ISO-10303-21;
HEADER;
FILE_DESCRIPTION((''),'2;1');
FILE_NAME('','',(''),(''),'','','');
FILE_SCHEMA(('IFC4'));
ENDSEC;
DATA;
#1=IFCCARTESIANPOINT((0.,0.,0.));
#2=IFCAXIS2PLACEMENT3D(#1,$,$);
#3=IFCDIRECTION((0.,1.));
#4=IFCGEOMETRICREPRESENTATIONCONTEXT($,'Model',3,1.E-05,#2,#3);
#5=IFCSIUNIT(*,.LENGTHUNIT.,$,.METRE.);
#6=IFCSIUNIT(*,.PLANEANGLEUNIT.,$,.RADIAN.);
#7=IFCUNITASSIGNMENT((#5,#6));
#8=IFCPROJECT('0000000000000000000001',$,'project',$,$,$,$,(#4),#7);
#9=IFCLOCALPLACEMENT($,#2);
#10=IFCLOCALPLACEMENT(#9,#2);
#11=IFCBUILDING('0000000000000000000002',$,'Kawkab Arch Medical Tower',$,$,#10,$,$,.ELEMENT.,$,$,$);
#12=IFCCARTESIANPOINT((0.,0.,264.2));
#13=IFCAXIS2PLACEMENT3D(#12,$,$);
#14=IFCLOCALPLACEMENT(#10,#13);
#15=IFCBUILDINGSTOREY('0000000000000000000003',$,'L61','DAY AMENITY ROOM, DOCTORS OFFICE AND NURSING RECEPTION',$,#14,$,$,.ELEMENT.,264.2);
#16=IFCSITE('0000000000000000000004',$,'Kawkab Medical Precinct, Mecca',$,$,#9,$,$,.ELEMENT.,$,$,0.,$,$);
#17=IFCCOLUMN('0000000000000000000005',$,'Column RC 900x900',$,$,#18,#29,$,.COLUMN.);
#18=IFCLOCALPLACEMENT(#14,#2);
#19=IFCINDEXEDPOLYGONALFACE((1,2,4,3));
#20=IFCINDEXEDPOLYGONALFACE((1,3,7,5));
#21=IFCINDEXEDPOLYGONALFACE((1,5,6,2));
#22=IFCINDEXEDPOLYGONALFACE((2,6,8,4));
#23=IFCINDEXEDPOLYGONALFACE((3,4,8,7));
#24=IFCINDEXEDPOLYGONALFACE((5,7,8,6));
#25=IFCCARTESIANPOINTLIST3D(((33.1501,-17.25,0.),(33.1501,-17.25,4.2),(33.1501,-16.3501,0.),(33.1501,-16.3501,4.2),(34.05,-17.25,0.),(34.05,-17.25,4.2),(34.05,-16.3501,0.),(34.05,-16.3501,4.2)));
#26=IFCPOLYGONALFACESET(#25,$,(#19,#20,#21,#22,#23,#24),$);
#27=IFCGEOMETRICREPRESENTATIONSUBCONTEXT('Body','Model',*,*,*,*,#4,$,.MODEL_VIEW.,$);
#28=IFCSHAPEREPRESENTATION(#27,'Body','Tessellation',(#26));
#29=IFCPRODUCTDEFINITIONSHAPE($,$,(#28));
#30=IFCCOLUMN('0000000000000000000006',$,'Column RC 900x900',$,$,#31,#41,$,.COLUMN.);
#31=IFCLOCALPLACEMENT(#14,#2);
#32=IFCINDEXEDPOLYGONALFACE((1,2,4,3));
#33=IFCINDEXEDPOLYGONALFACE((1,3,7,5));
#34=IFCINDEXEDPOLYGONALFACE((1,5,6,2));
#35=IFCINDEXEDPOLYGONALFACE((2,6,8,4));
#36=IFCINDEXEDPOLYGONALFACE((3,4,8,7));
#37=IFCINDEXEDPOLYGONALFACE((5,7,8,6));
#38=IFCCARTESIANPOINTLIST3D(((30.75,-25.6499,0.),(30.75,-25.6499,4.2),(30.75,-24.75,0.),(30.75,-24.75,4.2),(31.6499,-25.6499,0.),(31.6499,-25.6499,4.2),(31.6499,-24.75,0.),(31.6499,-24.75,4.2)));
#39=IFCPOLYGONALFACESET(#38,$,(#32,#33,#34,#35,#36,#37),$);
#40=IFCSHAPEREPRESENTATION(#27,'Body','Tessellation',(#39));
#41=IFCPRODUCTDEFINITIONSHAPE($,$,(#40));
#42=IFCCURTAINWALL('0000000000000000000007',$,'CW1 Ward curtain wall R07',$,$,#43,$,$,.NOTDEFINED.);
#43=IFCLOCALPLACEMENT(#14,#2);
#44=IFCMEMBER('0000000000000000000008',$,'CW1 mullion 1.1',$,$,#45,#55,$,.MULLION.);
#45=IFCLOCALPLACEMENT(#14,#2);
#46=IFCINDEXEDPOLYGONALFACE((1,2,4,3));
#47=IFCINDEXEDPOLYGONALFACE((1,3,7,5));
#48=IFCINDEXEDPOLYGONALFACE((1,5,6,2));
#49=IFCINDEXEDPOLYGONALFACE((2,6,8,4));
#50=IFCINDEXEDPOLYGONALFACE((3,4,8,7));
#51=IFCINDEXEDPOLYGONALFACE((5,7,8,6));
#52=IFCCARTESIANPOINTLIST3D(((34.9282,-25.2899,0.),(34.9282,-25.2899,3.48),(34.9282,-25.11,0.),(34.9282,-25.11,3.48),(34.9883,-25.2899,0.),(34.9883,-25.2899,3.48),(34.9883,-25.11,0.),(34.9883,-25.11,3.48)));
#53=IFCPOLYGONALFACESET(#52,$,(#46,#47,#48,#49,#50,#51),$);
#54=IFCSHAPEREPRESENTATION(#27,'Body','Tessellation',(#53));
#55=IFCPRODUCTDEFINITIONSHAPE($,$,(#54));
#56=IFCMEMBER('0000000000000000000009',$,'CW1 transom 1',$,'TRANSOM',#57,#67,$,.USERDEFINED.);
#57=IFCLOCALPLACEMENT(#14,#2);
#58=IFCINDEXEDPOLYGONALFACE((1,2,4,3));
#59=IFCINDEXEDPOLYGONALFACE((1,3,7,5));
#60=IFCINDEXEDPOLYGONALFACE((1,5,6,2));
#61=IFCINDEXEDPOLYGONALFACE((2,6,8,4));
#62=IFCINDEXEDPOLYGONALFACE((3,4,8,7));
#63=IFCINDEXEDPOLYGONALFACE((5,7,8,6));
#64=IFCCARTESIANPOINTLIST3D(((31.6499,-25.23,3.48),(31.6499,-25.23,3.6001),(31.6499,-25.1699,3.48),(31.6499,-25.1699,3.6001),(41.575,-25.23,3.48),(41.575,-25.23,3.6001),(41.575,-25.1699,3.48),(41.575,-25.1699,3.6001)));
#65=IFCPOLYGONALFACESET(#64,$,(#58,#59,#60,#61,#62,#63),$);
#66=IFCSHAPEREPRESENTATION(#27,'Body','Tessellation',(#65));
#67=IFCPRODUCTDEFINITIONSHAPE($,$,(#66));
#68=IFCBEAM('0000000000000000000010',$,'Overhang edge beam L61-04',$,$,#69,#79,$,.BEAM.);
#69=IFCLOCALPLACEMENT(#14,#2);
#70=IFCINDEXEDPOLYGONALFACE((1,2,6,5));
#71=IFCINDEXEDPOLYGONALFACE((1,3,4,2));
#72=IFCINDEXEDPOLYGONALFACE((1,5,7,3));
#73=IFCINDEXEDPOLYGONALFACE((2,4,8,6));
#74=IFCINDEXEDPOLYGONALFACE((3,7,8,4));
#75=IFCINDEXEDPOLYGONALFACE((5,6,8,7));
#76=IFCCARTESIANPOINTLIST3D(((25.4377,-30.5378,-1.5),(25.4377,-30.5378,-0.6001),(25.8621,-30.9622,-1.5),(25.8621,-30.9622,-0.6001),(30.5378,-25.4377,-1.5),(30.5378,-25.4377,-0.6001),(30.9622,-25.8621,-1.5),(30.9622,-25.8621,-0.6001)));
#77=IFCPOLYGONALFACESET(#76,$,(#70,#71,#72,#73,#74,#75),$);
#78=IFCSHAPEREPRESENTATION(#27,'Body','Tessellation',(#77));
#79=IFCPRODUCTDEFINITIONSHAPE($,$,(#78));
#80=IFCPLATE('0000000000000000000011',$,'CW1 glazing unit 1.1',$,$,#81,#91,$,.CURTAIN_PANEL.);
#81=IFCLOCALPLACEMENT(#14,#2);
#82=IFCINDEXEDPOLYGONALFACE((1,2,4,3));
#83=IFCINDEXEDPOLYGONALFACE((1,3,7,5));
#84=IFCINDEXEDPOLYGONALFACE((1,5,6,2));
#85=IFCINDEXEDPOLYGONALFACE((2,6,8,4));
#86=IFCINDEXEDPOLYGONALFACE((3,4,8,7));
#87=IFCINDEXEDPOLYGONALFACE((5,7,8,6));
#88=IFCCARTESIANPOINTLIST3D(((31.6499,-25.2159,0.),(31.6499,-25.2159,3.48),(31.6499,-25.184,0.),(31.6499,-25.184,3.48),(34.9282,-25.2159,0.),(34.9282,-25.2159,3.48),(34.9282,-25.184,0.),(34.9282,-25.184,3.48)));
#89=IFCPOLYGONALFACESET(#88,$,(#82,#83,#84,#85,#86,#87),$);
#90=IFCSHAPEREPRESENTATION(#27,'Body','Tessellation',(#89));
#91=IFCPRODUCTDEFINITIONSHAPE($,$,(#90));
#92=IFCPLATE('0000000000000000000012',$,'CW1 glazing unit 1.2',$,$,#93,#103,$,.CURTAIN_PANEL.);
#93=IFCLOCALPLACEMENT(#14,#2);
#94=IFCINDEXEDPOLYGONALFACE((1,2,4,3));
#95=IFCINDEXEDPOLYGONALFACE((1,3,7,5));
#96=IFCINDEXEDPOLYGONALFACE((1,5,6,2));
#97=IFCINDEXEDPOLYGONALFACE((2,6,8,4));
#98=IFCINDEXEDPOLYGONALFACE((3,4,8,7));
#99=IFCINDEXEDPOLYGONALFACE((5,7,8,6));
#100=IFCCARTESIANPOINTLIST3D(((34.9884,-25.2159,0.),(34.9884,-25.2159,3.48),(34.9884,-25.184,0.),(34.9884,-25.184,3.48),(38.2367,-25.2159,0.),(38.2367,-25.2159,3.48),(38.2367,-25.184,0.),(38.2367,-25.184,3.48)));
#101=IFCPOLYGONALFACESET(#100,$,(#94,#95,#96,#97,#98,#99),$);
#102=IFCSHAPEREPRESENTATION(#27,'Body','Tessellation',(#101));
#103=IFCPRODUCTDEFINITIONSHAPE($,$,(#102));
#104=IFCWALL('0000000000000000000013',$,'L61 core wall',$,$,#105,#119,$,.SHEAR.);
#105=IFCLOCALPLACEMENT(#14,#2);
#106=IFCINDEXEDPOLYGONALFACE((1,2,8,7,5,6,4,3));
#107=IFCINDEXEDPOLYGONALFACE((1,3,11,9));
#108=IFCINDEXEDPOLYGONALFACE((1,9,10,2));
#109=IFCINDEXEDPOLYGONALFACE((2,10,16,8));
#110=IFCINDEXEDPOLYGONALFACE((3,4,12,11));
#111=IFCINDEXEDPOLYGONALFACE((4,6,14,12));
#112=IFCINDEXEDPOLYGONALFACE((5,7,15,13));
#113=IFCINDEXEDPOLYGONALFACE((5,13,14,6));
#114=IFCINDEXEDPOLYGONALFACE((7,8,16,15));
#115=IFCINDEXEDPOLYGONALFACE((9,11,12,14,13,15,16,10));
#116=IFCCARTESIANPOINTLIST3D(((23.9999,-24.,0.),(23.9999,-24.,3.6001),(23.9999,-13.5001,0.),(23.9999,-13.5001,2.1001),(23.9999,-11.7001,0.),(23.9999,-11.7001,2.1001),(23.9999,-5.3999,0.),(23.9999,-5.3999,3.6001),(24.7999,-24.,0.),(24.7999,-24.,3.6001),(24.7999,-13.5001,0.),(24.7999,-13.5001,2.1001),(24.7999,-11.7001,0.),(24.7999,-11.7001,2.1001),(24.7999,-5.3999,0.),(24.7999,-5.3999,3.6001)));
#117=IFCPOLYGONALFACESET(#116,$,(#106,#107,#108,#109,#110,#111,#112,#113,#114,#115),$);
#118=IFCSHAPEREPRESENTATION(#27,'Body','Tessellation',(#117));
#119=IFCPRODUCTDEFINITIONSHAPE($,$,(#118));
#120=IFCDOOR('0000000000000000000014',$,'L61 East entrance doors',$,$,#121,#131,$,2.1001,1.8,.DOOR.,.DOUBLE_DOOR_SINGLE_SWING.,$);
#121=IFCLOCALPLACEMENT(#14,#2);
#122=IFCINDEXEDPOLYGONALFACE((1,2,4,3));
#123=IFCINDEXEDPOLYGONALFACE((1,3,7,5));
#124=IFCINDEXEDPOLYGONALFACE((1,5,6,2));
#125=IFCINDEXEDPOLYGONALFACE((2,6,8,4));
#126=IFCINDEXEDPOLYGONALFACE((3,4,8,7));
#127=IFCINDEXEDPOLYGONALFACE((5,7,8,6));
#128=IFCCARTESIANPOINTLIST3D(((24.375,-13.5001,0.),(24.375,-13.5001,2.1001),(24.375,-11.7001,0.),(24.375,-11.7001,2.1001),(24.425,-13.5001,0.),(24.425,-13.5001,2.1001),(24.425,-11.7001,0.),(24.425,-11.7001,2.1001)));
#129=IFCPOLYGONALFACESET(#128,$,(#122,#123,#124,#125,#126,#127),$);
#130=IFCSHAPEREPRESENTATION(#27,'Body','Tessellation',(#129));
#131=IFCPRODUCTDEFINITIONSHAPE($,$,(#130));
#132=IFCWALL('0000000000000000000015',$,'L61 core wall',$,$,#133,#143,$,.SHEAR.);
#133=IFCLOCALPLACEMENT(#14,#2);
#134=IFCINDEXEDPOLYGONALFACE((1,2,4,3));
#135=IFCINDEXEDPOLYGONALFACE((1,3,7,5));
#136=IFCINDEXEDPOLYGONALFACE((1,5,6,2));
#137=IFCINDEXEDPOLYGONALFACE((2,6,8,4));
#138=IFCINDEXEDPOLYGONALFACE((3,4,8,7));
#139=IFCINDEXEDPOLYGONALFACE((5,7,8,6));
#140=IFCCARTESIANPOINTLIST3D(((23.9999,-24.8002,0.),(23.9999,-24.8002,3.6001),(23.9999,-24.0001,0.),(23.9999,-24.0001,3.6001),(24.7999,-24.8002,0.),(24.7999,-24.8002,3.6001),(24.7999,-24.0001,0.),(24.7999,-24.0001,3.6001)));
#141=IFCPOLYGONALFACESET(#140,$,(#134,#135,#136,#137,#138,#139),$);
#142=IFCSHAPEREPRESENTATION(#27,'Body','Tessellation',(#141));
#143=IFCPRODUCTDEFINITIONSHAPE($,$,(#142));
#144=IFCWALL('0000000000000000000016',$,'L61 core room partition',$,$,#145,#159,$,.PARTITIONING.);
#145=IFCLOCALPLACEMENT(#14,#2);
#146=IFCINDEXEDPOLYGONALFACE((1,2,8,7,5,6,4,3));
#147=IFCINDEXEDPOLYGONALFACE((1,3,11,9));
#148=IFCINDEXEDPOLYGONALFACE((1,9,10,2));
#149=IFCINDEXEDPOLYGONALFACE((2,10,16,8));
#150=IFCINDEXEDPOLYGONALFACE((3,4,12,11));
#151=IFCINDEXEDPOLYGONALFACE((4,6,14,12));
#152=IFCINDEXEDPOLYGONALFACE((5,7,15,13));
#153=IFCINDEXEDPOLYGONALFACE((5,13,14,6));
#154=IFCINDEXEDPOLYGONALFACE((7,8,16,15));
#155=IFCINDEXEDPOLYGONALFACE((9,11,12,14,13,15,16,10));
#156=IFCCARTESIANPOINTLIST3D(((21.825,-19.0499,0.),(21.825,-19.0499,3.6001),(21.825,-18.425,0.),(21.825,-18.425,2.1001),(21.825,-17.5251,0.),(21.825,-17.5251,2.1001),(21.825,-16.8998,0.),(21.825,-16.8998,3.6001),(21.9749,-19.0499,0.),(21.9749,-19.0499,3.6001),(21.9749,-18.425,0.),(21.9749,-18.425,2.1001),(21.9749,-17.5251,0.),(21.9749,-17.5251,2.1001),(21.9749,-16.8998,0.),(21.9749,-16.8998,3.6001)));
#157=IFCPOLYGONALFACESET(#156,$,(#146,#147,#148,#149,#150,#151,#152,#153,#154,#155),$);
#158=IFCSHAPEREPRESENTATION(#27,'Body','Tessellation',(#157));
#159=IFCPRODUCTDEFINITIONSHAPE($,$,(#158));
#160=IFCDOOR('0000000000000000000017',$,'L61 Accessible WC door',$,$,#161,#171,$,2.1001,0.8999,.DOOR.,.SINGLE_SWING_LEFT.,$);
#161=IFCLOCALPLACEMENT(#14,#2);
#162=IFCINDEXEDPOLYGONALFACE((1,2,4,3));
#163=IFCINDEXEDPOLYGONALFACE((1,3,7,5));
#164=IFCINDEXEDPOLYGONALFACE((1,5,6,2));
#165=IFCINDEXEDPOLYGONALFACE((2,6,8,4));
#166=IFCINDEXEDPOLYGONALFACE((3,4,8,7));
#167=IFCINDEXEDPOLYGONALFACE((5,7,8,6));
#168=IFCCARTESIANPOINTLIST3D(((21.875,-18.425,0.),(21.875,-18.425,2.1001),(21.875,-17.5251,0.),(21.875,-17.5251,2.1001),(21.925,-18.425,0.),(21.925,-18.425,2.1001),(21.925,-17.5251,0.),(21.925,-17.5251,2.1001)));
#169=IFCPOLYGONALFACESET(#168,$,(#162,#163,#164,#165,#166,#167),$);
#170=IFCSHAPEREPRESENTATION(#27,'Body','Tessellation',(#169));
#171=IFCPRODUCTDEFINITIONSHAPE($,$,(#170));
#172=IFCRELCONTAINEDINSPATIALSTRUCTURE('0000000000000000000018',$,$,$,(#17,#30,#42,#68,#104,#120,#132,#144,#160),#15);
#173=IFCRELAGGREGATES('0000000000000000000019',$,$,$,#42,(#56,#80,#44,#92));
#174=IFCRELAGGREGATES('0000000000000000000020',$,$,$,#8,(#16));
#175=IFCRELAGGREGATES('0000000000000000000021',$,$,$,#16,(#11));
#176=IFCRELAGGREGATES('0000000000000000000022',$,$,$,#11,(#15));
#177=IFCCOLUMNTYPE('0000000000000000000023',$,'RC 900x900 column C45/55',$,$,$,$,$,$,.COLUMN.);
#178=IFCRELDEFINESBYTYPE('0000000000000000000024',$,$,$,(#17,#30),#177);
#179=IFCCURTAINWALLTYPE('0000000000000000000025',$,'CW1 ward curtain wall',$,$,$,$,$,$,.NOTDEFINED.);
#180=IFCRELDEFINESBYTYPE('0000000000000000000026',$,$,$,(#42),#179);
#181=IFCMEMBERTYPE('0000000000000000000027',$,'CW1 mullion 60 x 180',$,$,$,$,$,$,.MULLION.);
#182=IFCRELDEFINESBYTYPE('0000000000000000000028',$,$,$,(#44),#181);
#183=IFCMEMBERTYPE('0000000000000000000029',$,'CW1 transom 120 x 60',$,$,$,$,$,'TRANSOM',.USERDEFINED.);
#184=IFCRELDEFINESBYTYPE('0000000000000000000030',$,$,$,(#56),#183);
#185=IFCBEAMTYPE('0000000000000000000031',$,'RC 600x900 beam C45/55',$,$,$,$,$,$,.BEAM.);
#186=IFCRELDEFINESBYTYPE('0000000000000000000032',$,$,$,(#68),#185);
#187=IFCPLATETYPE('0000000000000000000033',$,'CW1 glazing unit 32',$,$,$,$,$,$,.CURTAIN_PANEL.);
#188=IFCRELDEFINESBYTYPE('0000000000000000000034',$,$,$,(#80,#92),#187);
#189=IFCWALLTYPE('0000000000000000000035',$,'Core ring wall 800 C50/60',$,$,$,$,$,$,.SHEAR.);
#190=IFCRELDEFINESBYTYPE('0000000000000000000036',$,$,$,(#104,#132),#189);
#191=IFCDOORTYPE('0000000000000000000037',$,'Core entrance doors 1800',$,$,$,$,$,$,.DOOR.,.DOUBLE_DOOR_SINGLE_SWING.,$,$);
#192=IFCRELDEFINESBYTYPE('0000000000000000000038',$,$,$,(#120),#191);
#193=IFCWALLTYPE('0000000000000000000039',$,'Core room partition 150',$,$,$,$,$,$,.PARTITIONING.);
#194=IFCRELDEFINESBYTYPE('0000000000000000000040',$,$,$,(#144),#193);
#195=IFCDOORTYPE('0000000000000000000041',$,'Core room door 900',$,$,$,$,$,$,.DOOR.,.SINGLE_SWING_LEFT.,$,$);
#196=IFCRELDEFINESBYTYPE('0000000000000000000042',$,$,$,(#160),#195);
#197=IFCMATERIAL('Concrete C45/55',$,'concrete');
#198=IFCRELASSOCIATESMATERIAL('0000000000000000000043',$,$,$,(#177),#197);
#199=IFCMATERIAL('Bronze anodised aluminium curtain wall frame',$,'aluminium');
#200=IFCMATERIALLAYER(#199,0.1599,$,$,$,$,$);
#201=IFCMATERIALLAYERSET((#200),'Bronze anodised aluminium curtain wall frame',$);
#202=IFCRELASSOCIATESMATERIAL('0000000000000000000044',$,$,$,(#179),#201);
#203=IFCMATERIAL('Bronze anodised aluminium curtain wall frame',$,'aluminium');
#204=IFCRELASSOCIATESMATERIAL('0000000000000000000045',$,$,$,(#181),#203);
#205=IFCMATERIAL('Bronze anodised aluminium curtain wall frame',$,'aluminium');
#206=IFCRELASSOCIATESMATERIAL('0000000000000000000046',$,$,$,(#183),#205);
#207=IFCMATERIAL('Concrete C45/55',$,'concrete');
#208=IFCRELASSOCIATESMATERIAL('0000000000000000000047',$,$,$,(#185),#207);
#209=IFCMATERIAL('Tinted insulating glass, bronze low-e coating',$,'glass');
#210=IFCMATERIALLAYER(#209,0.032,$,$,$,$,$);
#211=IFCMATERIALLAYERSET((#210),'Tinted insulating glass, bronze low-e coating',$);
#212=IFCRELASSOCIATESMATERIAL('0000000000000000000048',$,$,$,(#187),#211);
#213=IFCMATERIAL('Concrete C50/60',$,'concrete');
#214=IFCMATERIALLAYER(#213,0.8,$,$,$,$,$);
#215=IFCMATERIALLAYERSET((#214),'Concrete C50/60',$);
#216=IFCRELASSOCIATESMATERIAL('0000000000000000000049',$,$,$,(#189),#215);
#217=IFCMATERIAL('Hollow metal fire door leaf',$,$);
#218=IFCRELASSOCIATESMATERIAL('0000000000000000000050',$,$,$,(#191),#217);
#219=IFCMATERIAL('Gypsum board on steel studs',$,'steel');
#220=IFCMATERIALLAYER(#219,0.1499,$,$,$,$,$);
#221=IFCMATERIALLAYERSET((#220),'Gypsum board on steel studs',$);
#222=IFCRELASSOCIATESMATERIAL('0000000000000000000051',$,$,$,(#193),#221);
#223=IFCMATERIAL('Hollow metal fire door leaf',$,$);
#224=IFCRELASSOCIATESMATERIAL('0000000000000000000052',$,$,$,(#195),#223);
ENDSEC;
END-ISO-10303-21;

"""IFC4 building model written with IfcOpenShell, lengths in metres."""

from ifc_helpers import new_model, si_unit, direction, frame, frame_2d, origin, origin_2d, place, context, subcontext, project, spatial, rectangle, extrude, material, layer, layer_set, material_profile, profile_set, type_object, element, fill, aggregate, save


model = new_model("IFC4")

# Units and contexts
model_context = context("Model", 3, precision=1e-05, world=origin(), true_north=direction((0.0, 1.0)))
body_context = subcontext(model_context, "Body", "Model", "MODEL_VIEW")
ifc_project = project(units=[si_unit("LENGTHUNIT", "METRE"), si_unit("PLANEANGLEUNIT", "RADIAN")], contexts=[model_context])

# Site, building, storey
site_placement = place(None, origin())
site = spatial("IfcSite", under=ifc_project, at=site_placement, Name="Kawkab Medical Precinct, Mecca", CompositionType="ELEMENT", RefElevation=0.0)
building_placement = place(site_placement, origin())
building = spatial("IfcBuilding", under=site, at=building_placement, Name="Kawkab Arch Medical Tower", CompositionType="ELEMENT")
storey_placement = place(building_placement, frame((0.0, 0.0, 264.2)))
storey = spatial("IfcBuildingStorey", under=building, at=storey_placement, Name="L61", Description="DAY AMENITY ROOM, DOCTORS OFFICE AND NURSING RECEPTION", CompositionType="ELEMENT", Elevation=264.2)

# Columns
ifc_material_1 = material(Name="Concrete C45/55", Category="concrete")
ifc_material_profile_1 = material_profile(ifc_material_1, rectangle(XDim=0.8999, YDim=0.8999, at=origin_2d()), Name="RC 900x900")
ifc_profile_set_1 = profile_set([ifc_material_profile_1], Name="Concrete C45/55")
column_type = type_object("IfcColumnType", Name="RC 900x900 column C45/55", PredefinedType="COLUMN", material=ifc_profile_set_1)
for number, where, z_axis, x_axis, name in (
    (1, (33.6001, -16.8, 0.0), (0.0, 0.0, 1.0), (1.0, 0.0, 0.0), "Column RC 900x900"),
    (2, (31.2, -25.2, 0.0), (0.0, 0.0, 1.0), (1.0, 0.0, 0.0), "Column RC 900x900"),
):
    element("IfcColumn", number, at=place(storey_placement, frame(where, z_axis=z_axis, x_axis=x_axis)), inside=storey, type_object=column_type, Name=name, PredefinedType="COLUMN", context=body_context, shape_type="SweptSolid", body=[
        extrude(rectangle(XDim=0.8999, YDim=0.8999, at=origin_2d()), origin(), (0.0, 0.0, 1.0), 4.2),
    ])

# Curtain wall, members
ifc_material_2 = material(Name="Bronze anodised aluminium curtain wall frame", Category="aluminium")
ifc_layer_1 = layer(ifc_material_2, 0.1599)
ifc_layer_set_1 = layer_set([ifc_layer_1], Name="Bronze anodised aluminium curtain wall frame")
curtain_wall_type = type_object("IfcCurtainWallType", Name="CW1 ward curtain wall", PredefinedType="NOTDEFINED", material=ifc_layer_set_1)
curtain_wall_placement = place(storey_placement, origin())
curtain_wall = element("IfcCurtainWall", 3, at=curtain_wall_placement, inside=storey, type_object=curtain_wall_type, Name="CW1 Ward curtain wall R07", PredefinedType="NOTDEFINED")
ifc_material_3 = material(Name="Bronze anodised aluminium curtain wall frame", Category="aluminium")
ifc_material_profile_2 = material_profile(ifc_material_3, rectangle(XDim=0.1799, YDim=0.0601, at=origin_2d()), Name="AL 60x180")
ifc_profile_set_2 = profile_set([ifc_material_profile_2], Name="Bronze anodised aluminium curtain wall frame")
member_type_1 = type_object("IfcMemberType", Name="CW1 mullion 60 x 180", PredefinedType="MULLION", material=ifc_profile_set_2)
member_1_placement = place(storey_placement, frame((34.9583, -25.2, 0.0), z_axis=(0.0, 0.0, 1.0), x_axis=(0.0, 1.0, 0.0)))
member_1 = element("IfcMember", 4, at=member_1_placement, type_object=member_type_1, Name="CW1 mullion 1.1", PredefinedType="MULLION", context=body_context, shape_type="SweptSolid", body=[
    extrude(rectangle(XDim=0.1799, YDim=0.0601, at=origin_2d()), origin(), (0.0, 0.0, 1.0), 3.48),
])
ifc_material_4 = material(Name="Bronze anodised aluminium curtain wall frame", Category="aluminium")
ifc_material_profile_3 = material_profile(ifc_material_4, rectangle(XDim=0.0601, YDim=0.1201, at=origin_2d()), Name="AL 60x120")
ifc_profile_set_3 = profile_set([ifc_material_profile_3], Name="Bronze anodised aluminium curtain wall frame")
member_type_2 = type_object("IfcMemberType", Name="CW1 transom 120 x 60", ElementType="TRANSOM", PredefinedType="USERDEFINED", material=ifc_profile_set_3)
member_2_placement = place(storey_placement, frame((31.6499, -25.2, 3.54), z_axis=(1.0, 0.0, 0.0), x_axis=(0.0, 1.0, 0.0)))
member_2 = element("IfcMember", 5, at=member_2_placement, type_object=member_type_2, Name="CW1 transom 1", ObjectType="TRANSOM", PredefinedType="USERDEFINED", context=body_context, shape_type="SweptSolid", body=[
    extrude(rectangle(XDim=0.0601, YDim=0.1201, at=origin_2d()), origin(), (0.0, 0.0, 1.0), 9.925),
])

# Beam
ifc_material_5 = material(Name="Concrete C45/55", Category="concrete")
ifc_material_profile_4 = material_profile(ifc_material_5, rectangle(XDim=0.6001, YDim=0.8999, at=origin_2d()), Name="RC 600x900")
ifc_profile_set_4 = profile_set([ifc_material_profile_4], Name="Concrete C45/55")
beam_type = type_object("IfcBeamType", Name="RC 600x900 beam C45/55", PredefinedType="BEAM", material=ifc_profile_set_4)
beam_placement = place(storey_placement, frame((30.75, -25.6499, -1.05), z_axis=(-0.707107, -0.707107, 0.0), x_axis=(0.707107, -0.707107, 0.0)))
element("IfcBeam", 6, at=beam_placement, inside=storey, type_object=beam_type, Name="Overhang edge beam L61-04", PredefinedType="BEAM", context=body_context, shape_type="SweptSolid", body=[
    extrude(rectangle(XDim=0.6001, YDim=0.8999, at=origin_2d()), origin(), (0.0, 0.0, 1.0), 7.2126),
])

# Plates
ifc_material_6 = material(Name="Tinted insulating glass, bronze low-e coating", Category="glass")
ifc_layer_2 = layer(ifc_material_6, 0.032)
ifc_layer_set_2 = layer_set([ifc_layer_2], Name="Tinted insulating glass, bronze low-e coating")
plate_type = type_object("IfcPlateType", Name="CW1 glazing unit 32", PredefinedType="CURTAIN_PANEL", material=ifc_layer_set_2)
plate_1_placement = place(storey_placement, frame((33.2891, -25.2, 0.0), z_axis=(0.0, 0.0, 1.0), x_axis=(1.0, 0.0, 0.0)))
plate_1 = element("IfcPlate", 7, at=plate_1_placement, type_object=plate_type, Name="CW1 glazing unit 1.1", PredefinedType="CURTAIN_PANEL", context=body_context, shape_type="SweptSolid", body=[
    extrude(rectangle(XDim=3.2783, YDim=0.032, at=origin_2d()), origin(), (0.0, 0.0, 1.0), 3.48),
])
plate_2_placement = place(storey_placement, frame((36.6125, -25.2, 0.0), z_axis=(0.0, 0.0, 1.0), x_axis=(1.0, 0.0, 0.0)))
plate_2 = element("IfcPlate", 8, at=plate_2_placement, type_object=plate_type, Name="CW1 glazing unit 1.2", PredefinedType="CURTAIN_PANEL", context=body_context, shape_type="SweptSolid", body=[
    extrude(rectangle(XDim=3.2483, YDim=0.032, at=origin_2d()), origin(), (0.0, 0.0, 1.0), 3.48),
])
aggregate(curtain_wall, [member_2, plate_1, member_1, plate_2])

# Wall, opening, door
ifc_material_7 = material(Name="Concrete C50/60", Category="concrete")
ifc_layer_3 = layer(ifc_material_7, 0.8)
ifc_layer_set_3 = layer_set([ifc_layer_3], Name="Concrete C50/60")
wall_type_1 = type_object("IfcWallType", Name="Core ring wall 800 C50/60", PredefinedType="SHEAR", material=ifc_layer_set_3)
wall_1_placement = place(storey_placement, frame((24.3999, -24.0, 0.0), z_axis=(0.0, 0.0, 1.0), x_axis=(0.0, 1.0, 0.0)))
wall_1 = element("IfcWall", 9, at=wall_1_placement, inside=storey, type_object=wall_type_1, Name="L61 core wall", PredefinedType="SHEAR", context=body_context, shape_type="SweptSolid", body=[
    extrude(rectangle(XDim=18.6001, YDim=0.8, at=frame_2d((9.3, 0.0))), origin(), (0.0, 0.0, 1.0), 3.6001),
])
opening_1_placement = place(wall_1_placement, frame((10.5, 0.0, 0.0)))
opening_1 = element("IfcOpeningElement", 10, at=opening_1_placement, cuts=wall_1, PredefinedType="OPENING", context=body_context, shape_type="SweptSolid", body=[
    extrude(rectangle(XDim=1.8, YDim=2.1001, at=frame_2d((0.8999, 1.05))), frame((0.0, 0.4099, 0.0), z_axis=(0.0, -1.0, 0.0), x_axis=(1.0, 0.0, 0.0)), (0.0, 0.0, 1.0), 0.8201),
])
ifc_material_8 = material(Name="Hollow metal fire door leaf")
door_type_1 = type_object("IfcDoorType", Name="Core entrance doors 1800", OperationType="DOUBLE_DOOR_SINGLE_SWING", PredefinedType="DOOR", material=ifc_material_8)
door_1_placement = place(opening_1_placement, origin())
door_1 = element("IfcDoor", 11, at=door_1_placement, inside=storey, type_object=door_type_1, Name="L61 East entrance doors", OperationType="DOUBLE_DOOR_SINGLE_SWING", OverallHeight=2.1001, OverallWidth=1.8, PredefinedType="DOOR", context=body_context, shape_type="SweptSolid", body=[
    extrude(rectangle(XDim=1.8, YDim=2.1001, at=frame_2d((0.8999, 1.05))), frame((0.0, 0.0249, 0.0), z_axis=(0.0, -1.0, 0.0), x_axis=(1.0, 0.0, 0.0)), (0.0, 0.0, 1.0), 0.05),
])
fill(opening_1, door_1)

# Wall
wall_2_placement = place(storey_placement, frame((24.3999, -24.8, 0.0), z_axis=(0.0, 0.0, 1.0), x_axis=(0.0, 1.0, 0.0)))
element("IfcWall", 12, at=wall_2_placement, inside=storey, type_object=wall_type_1, Name="L61 core wall", PredefinedType="SHEAR", context=body_context, shape_type="SweptSolid", body=[
    extrude(rectangle(XDim=0.8, YDim=0.8, at=frame_2d((0.3999, 0.0))), origin(), (0.0, 0.0, 1.0), 3.6001),
])

# Wall, opening, door
ifc_material_9 = material(Name="Gypsum board on steel studs", Category="steel")
ifc_layer_4 = layer(ifc_material_9, 0.1499)
ifc_layer_set_4 = layer_set([ifc_layer_4], Name="Gypsum board on steel studs")
wall_type_2 = type_object("IfcWallType", Name="Core room partition 150", PredefinedType="PARTITIONING", material=ifc_layer_set_4)
wall_3_placement = place(storey_placement, frame((21.8999, -19.05, 0.0), z_axis=(0.0, 0.0, 1.0), x_axis=(0.0, 1.0, 0.0)))
wall_3 = element("IfcWall", 13, at=wall_3_placement, inside=storey, type_object=wall_type_2, Name="L61 core room partition", PredefinedType="PARTITIONING", context=body_context, shape_type="SweptSolid", body=[
    extrude(rectangle(XDim=2.1501, YDim=0.1499, at=frame_2d((1.0752, 0.0))), origin(), (0.0, 0.0, 1.0), 3.6001),
])
opening_2_placement = place(wall_3_placement, frame((0.625, 0.0, 0.0)))
opening_2 = element("IfcOpeningElement", 14, at=opening_2_placement, cuts=wall_3, PredefinedType="OPENING", context=body_context, shape_type="SweptSolid", body=[
    extrude(rectangle(XDim=0.8999, YDim=2.1001, at=frame_2d((0.45, 1.05))), frame((0.0, 0.085, 0.0), z_axis=(0.0, -1.0, 0.0), x_axis=(1.0, 0.0, 0.0)), (0.0, 0.0, 1.0), 0.1699),
])
ifc_material_10 = material(Name="Hollow metal fire door leaf")
door_type_2 = type_object("IfcDoorType", Name="Core room door 900", OperationType="SINGLE_SWING_LEFT", PredefinedType="DOOR", material=ifc_material_10)
door_2_placement = place(opening_2_placement, origin())
door_2 = element("IfcDoor", 15, at=door_2_placement, inside=storey, type_object=door_type_2, Name="L61 Accessible WC door", OperationType="SINGLE_SWING_LEFT", OverallHeight=2.1001, OverallWidth=0.8999, PredefinedType="DOOR", context=body_context, shape_type="SweptSolid", body=[
    extrude(rectangle(XDim=0.8999, YDim=2.1001, at=frame_2d((0.45, 1.05))), frame((0.0, 0.0249, 0.0), z_axis=(0.0, -1.0, 0.0), x_axis=(1.0, 0.0, 0.0)), (0.0, 0.0, 1.0), 0.05),
])
fill(opening_2, door_2)

save(model, "model.ifc")
